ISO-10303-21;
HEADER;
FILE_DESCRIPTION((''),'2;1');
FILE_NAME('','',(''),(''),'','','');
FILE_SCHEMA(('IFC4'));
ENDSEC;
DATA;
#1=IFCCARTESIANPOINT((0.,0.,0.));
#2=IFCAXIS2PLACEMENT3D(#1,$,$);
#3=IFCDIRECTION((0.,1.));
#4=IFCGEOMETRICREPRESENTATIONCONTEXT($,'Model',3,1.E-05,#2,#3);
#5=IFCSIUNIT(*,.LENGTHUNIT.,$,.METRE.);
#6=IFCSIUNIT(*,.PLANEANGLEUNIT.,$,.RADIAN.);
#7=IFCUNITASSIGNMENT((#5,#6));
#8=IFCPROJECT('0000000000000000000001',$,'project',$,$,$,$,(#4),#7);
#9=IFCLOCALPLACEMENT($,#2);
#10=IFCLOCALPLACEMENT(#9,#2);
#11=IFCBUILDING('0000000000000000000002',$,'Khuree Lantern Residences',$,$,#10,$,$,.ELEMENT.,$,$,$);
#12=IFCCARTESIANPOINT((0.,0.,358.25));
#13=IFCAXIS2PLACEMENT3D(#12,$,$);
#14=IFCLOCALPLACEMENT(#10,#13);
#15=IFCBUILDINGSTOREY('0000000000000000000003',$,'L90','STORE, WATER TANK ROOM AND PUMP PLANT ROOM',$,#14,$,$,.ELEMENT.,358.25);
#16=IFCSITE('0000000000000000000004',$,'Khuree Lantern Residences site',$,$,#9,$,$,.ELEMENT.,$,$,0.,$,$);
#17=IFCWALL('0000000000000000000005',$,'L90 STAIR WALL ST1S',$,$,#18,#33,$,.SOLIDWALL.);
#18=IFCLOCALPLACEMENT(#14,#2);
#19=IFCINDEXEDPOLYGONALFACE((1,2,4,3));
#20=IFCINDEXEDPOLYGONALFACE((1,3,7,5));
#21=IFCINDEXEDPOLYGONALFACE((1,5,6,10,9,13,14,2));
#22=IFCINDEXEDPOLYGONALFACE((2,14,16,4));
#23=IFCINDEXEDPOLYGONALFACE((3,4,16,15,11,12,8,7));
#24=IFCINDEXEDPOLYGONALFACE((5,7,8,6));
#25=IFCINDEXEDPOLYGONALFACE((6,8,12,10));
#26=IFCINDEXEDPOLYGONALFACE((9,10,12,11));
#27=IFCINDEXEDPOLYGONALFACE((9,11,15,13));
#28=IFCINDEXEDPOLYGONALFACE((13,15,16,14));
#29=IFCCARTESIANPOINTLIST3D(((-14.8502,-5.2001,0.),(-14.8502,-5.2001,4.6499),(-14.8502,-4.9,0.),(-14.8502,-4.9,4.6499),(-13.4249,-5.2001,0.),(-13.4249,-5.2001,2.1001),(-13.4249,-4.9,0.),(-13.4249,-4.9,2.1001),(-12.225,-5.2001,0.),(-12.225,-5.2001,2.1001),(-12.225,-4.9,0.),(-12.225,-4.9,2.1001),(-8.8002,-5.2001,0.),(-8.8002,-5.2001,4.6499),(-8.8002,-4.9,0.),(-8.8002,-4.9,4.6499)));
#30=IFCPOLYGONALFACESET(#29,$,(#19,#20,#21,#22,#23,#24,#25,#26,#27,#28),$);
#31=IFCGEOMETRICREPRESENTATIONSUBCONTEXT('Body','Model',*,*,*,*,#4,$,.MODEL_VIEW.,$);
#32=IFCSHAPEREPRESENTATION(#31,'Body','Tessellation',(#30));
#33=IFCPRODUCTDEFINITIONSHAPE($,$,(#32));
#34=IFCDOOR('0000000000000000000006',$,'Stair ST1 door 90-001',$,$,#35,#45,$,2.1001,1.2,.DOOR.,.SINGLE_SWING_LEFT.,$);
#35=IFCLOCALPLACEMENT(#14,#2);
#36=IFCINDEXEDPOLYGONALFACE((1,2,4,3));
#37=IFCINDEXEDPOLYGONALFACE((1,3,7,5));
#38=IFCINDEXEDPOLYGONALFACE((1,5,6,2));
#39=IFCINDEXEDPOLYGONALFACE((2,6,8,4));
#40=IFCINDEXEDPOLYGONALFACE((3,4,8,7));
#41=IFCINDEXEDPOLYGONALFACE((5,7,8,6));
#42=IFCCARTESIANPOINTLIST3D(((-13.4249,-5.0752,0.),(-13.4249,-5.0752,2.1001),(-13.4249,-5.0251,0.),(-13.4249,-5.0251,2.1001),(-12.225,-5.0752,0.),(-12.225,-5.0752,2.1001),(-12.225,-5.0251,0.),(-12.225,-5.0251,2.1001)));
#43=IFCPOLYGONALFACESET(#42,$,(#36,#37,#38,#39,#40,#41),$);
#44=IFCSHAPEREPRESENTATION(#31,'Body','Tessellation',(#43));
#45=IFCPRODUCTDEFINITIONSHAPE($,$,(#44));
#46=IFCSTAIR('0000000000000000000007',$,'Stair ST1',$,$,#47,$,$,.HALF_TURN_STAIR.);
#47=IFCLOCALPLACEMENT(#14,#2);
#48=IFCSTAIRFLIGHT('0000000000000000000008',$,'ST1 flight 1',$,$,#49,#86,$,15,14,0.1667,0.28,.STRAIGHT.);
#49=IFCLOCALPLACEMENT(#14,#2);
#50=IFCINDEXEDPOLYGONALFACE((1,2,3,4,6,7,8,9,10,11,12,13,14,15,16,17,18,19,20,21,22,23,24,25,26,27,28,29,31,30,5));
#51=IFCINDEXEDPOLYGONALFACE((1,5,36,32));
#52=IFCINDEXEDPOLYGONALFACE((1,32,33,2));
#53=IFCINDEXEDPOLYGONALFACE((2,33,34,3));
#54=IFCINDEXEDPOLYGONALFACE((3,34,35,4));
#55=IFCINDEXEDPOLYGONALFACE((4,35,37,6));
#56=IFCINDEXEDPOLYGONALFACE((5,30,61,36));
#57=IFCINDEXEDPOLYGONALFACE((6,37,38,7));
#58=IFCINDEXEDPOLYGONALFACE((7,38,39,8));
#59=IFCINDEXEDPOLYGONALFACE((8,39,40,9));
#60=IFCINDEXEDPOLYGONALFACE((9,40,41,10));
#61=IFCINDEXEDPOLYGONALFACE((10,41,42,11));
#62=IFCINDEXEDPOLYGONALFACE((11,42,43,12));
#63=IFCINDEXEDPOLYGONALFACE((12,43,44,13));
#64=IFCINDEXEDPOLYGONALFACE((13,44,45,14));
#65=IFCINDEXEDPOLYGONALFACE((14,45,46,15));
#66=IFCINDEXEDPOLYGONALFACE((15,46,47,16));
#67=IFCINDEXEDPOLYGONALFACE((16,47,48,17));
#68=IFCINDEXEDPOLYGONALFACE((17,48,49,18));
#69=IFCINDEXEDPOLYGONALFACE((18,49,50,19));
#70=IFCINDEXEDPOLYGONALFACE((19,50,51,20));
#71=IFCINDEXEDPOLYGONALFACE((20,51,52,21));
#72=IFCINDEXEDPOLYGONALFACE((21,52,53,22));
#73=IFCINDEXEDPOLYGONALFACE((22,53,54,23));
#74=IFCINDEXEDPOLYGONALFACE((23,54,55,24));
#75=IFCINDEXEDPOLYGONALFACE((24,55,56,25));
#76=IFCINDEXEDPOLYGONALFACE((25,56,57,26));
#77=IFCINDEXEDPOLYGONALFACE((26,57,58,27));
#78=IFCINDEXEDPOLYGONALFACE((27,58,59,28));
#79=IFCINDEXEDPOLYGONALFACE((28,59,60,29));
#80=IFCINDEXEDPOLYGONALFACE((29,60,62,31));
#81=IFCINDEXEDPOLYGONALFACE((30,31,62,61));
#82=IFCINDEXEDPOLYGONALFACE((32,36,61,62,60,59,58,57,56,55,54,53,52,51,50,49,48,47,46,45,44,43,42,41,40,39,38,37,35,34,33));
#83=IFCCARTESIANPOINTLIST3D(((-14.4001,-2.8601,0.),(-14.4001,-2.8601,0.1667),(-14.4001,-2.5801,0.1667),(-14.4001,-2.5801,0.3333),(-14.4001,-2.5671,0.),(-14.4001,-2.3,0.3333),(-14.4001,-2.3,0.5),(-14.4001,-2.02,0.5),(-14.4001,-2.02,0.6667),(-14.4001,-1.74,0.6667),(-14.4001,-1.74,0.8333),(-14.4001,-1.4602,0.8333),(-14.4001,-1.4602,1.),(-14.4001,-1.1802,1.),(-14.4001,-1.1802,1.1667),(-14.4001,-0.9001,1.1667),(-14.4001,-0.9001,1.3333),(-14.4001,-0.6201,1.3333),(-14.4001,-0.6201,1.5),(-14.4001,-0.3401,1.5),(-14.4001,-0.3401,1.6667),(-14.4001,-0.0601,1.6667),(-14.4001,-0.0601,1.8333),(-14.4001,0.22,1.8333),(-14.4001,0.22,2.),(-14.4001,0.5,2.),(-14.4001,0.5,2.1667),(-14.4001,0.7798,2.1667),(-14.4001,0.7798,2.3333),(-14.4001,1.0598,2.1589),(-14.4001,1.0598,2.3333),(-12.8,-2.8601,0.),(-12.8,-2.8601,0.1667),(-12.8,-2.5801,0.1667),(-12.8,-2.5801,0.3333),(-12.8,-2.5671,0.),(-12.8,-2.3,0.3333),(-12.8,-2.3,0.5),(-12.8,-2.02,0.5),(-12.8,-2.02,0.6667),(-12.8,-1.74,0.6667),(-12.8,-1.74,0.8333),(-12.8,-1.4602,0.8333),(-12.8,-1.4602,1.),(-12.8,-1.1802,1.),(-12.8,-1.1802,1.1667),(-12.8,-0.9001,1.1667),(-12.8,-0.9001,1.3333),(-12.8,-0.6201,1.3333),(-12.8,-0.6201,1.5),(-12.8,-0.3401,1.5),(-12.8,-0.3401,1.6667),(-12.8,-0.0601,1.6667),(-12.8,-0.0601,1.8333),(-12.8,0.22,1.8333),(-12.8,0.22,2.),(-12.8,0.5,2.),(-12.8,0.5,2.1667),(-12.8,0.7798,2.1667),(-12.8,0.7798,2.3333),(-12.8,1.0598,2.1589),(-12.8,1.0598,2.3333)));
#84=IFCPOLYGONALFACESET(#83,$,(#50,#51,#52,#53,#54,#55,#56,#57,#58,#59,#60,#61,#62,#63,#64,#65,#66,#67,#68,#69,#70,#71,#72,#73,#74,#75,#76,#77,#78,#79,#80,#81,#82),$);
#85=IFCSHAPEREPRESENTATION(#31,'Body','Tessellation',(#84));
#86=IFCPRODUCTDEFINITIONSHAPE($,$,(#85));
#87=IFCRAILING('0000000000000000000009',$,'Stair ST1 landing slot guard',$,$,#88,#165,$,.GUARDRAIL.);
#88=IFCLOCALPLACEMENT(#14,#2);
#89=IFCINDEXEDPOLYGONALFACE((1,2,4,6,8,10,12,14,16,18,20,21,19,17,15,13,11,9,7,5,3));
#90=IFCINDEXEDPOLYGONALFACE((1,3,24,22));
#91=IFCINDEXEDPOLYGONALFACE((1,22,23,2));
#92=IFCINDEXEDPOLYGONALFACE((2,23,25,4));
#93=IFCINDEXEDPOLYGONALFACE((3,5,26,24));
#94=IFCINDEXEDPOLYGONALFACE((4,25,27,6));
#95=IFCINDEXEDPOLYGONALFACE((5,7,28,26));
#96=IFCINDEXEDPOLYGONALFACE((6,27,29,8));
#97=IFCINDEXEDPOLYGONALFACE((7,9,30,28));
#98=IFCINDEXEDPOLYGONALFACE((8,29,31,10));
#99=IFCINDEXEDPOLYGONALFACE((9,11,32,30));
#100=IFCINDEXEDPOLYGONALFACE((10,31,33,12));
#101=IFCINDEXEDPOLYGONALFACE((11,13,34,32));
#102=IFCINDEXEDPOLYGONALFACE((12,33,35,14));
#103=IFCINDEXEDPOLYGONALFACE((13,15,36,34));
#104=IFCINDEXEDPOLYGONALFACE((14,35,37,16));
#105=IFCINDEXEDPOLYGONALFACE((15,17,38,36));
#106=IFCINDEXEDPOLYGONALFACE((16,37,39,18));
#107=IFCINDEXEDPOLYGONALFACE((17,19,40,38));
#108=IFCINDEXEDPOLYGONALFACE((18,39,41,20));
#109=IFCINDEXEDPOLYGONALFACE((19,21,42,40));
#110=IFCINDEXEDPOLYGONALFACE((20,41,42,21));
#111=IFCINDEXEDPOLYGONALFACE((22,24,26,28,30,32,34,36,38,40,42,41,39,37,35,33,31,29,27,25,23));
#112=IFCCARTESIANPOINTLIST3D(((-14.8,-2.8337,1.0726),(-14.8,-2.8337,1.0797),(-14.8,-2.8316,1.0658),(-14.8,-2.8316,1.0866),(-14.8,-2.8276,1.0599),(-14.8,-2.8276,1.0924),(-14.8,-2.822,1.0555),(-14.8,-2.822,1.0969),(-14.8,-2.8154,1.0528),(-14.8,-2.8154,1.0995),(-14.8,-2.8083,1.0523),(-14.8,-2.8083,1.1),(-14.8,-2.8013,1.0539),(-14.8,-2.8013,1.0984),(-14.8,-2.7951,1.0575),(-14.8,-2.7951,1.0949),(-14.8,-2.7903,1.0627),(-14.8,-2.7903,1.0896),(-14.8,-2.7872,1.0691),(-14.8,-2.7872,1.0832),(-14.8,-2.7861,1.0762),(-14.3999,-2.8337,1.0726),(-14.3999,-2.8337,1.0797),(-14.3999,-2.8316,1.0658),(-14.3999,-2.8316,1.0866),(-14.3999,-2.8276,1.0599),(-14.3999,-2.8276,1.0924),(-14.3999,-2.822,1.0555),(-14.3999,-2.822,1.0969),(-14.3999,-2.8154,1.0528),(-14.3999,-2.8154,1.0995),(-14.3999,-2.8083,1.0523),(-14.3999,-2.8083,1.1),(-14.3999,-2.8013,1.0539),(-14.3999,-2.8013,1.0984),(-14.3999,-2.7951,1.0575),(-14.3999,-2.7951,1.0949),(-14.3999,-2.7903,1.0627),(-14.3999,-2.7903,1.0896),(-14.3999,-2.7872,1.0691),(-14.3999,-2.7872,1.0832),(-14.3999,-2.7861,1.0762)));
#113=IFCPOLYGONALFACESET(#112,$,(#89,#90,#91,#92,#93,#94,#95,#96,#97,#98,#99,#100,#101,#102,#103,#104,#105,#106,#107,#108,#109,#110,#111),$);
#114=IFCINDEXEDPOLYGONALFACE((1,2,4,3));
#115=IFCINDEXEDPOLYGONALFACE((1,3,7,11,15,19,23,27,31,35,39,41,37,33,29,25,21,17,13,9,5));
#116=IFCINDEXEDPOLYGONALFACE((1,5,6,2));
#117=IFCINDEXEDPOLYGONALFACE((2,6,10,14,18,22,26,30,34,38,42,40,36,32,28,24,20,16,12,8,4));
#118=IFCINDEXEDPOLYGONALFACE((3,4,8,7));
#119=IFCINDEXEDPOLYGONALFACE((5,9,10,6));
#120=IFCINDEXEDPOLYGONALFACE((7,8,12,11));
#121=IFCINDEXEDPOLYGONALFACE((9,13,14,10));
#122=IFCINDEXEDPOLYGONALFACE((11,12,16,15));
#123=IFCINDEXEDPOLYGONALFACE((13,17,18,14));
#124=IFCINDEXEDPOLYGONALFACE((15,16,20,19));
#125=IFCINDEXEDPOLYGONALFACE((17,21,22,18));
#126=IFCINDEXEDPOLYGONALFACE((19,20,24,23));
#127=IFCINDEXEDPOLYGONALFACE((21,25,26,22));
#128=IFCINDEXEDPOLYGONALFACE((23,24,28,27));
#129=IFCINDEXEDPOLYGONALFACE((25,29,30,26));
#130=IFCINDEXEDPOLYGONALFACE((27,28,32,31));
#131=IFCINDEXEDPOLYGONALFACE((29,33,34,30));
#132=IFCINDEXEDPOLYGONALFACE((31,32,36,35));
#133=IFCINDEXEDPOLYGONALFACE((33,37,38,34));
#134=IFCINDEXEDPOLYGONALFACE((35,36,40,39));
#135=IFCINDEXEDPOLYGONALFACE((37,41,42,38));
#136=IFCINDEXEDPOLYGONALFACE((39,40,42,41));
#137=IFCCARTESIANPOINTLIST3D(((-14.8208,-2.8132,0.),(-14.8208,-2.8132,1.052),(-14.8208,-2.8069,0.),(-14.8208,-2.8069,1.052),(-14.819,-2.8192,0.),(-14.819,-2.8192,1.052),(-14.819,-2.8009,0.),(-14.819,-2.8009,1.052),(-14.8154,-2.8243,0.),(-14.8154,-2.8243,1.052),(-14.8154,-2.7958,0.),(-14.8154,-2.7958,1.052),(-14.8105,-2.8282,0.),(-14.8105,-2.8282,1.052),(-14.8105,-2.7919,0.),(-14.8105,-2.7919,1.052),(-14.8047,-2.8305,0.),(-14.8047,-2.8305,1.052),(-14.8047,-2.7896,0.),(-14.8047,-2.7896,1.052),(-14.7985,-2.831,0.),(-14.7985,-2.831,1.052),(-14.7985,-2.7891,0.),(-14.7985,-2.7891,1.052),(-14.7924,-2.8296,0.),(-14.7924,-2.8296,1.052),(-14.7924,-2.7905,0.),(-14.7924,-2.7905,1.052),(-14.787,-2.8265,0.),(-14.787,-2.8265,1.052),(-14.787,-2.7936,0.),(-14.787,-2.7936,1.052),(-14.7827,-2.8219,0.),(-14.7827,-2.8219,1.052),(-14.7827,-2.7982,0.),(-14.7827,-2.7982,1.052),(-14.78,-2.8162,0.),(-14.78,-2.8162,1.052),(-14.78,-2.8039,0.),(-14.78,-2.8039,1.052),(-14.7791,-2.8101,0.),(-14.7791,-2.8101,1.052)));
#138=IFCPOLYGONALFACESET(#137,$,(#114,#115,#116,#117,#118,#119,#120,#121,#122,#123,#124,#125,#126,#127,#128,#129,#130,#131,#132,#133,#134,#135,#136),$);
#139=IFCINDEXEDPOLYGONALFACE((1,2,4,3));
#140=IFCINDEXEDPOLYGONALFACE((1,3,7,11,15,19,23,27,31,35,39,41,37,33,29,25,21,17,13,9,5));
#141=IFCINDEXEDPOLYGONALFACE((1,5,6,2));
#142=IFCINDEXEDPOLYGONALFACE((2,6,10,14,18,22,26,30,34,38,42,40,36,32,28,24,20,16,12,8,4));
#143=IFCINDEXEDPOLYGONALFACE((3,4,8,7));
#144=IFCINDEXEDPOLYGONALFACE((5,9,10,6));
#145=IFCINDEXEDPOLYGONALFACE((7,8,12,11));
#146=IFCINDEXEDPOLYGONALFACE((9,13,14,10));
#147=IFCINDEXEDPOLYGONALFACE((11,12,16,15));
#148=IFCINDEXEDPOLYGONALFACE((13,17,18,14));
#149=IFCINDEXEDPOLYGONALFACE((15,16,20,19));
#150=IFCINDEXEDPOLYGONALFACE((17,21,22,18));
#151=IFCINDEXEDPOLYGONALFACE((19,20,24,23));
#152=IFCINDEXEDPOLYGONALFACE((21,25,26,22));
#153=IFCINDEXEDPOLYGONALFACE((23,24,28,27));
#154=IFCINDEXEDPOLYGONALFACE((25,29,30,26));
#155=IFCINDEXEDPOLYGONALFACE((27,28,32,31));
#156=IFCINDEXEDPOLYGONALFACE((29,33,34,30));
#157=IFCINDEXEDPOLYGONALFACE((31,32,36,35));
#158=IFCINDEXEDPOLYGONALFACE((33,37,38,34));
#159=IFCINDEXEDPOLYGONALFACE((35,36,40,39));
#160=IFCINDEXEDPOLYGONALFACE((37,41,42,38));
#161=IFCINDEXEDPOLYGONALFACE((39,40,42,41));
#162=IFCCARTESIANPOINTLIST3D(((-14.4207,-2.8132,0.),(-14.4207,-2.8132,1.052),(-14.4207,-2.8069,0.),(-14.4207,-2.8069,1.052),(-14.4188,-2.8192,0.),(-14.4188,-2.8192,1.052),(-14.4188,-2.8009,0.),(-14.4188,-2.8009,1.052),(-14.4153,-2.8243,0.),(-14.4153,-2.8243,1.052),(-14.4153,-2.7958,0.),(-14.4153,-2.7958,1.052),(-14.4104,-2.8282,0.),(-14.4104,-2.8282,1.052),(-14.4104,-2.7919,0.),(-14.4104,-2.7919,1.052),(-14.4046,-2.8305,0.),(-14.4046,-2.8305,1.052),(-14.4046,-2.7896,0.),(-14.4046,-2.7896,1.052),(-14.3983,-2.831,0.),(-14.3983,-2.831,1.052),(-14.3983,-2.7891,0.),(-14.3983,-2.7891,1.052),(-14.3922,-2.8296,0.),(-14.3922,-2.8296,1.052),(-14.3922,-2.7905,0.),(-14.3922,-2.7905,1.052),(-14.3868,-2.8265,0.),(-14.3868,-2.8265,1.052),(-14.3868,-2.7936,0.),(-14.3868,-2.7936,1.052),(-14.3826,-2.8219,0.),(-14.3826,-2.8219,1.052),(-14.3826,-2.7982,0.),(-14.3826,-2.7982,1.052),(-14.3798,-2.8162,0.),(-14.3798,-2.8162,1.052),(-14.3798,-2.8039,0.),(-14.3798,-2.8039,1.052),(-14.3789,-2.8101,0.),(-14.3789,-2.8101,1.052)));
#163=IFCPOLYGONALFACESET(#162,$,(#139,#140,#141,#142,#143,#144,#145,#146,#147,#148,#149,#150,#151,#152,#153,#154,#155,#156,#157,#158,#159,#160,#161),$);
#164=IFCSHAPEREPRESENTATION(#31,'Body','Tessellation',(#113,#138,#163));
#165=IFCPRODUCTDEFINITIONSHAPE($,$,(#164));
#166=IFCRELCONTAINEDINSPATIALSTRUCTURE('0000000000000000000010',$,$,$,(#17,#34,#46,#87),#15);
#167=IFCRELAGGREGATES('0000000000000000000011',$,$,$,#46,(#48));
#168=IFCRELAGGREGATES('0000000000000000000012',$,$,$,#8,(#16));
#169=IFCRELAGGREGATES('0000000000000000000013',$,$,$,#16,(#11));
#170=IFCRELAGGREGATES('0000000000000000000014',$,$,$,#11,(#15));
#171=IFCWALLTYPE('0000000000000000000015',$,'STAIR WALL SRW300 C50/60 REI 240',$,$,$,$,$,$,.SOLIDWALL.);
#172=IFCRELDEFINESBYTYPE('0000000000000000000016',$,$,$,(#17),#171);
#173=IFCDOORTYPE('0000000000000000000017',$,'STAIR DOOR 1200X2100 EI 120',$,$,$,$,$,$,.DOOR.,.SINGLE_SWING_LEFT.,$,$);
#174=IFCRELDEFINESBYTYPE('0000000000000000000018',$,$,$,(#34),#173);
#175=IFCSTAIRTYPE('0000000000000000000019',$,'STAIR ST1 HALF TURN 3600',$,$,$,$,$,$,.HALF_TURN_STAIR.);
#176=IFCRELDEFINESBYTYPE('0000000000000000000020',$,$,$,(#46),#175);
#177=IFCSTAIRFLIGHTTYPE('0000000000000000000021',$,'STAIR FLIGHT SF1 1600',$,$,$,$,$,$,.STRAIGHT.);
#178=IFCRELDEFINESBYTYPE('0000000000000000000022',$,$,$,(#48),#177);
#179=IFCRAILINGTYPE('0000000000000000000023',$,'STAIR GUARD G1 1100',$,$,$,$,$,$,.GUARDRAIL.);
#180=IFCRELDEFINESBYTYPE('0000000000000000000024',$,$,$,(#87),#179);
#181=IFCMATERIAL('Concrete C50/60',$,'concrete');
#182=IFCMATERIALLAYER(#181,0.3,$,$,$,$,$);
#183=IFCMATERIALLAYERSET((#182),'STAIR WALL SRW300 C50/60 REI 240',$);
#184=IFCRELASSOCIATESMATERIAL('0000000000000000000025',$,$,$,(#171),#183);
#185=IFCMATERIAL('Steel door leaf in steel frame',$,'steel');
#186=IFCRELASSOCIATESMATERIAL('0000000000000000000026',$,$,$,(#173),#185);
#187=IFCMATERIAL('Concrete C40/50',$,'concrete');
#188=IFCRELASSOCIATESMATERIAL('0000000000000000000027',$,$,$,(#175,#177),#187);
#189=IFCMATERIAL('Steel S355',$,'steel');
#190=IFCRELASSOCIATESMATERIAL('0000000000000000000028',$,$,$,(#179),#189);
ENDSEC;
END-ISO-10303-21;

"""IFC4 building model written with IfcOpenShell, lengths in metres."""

from ifc_helpers import new_model, si_unit, direction, frame, frame_2d, origin, origin_2d, place, context, subcontext, project, spatial, polyline, rectangle, circle, outline, extrude, material, layer, layer_set, type_object, element, fill, aggregate, save


model = new_model("IFC4")

# Units and contexts
model_context = context("Model", 3, precision=1e-05, world=origin(), true_north=direction((0.0, 1.0)))
body_context = subcontext(model_context, "Body", "Model", "MODEL_VIEW")
ifc_project = project(units=[si_unit("LENGTHUNIT", "METRE"), si_unit("PLANEANGLEUNIT", "RADIAN")], contexts=[model_context])

# Site, building, storey
site_placement = place(None, origin())
site = spatial("IfcSite", under=ifc_project, at=site_placement, Name="Khuree Lantern Residences site", CompositionType="ELEMENT", RefElevation=0.0)
building_placement = place(site_placement, origin())
building = spatial("IfcBuilding", under=site, at=building_placement, Name="Khuree Lantern Residences", CompositionType="ELEMENT")
storey_placement = place(building_placement, frame((0.0, 0.0, 358.25)))
storey = spatial("IfcBuildingStorey", under=building, at=storey_placement, Name="L90", Description="STORE, WATER TANK ROOM AND PUMP PLANT ROOM", CompositionType="ELEMENT", Elevation=358.25)

# Shared definitions
ifc_material_1 = material(Name="Steel door leaf in steel frame", Category="steel")

# Shared definitions
ifc_material_2 = material(Name="Concrete C50/60", Category="concrete")
ifc_layer_1 = layer(ifc_material_2, 0.3)
ifc_layer_set_1 = layer_set([ifc_layer_1], Name="STAIR WALL SRW300 C50/60 REI 240")
wall_type_1 = type_object("IfcWallType", Name="STAIR WALL SRW300 C50/60 REI 240", PredefinedType="SOLIDWALL", material=ifc_layer_set_1)

# Wall, opening, door
wall_1_placement = place(storey_placement, frame((-14.8501, -5.05, 0.0), z_axis=(0.0, 0.0, 1.0), x_axis=(1.0, 0.0, 0.0)))
wall_1 = element("IfcWall", 1, at=wall_1_placement, inside=storey, type_object=wall_type_1, Name="L90 STAIR WALL ST1S", PredefinedType="SOLIDWALL", context=body_context, shape_type="SweptSolid", body=[
    extrude(rectangle(XDim=6.05, YDim=0.3, at=frame_2d((3.0249, 0.0))), origin(), (0.0, 0.0, 1.0), 4.6499),
])
opening_1_placement = place(wall_1_placement, frame((1.425, 0.0, 0.0)))
opening_1 = element("IfcOpeningElement", 2, at=opening_1_placement, cuts=wall_1, PredefinedType="OPENING", context=body_context, shape_type="SweptSolid", body=[
    extrude(rectangle(XDim=1.2, YDim=2.1001, at=frame_2d((0.6001, 1.05))), frame((0.0, 0.1602, 0.0), z_axis=(0.0, -1.0, 0.0), x_axis=(1.0, 0.0, 0.0)), (0.0, 0.0, 1.0), 0.3201),
])
door_type_1 = type_object("IfcDoorType", Name="STAIR DOOR 1200X2100 EI 120", OperationType="SINGLE_SWING_LEFT", PredefinedType="DOOR", material=ifc_material_1)
door_1_placement = place(opening_1_placement, origin())
door_1 = element("IfcDoor", 3, at=door_1_placement, inside=storey, type_object=door_type_1, Name="Stair ST1 door 90-001", OperationType="SINGLE_SWING_LEFT", OverallHeight=2.1001, OverallWidth=1.2, PredefinedType="DOOR", context=body_context, shape_type="SweptSolid", body=[
    extrude(rectangle(XDim=1.2, YDim=2.1001, at=frame_2d((0.6001, 1.05))), frame((0.0, 0.0249, 0.0), z_axis=(0.0, -1.0, 0.0), x_axis=(1.0, 0.0, 0.0)), (0.0, 0.0, 1.0), 0.05),
])
fill(opening_1, door_1)

# Stair, stair flight
ifc_material_3 = material(Name="Concrete C40/50", Category="concrete")
stair_type = type_object("IfcStairType", Name="STAIR ST1 HALF TURN 3600", PredefinedType="HALF_TURN_STAIR", material=ifc_material_3)
stair_placement = place(storey_placement, origin())
stair = element("IfcStair", 4, at=stair_placement, inside=storey, type_object=stair_type, Name="Stair ST1", PredefinedType="HALF_TURN_STAIR")
stair_flight_type = type_object("IfcStairFlightType", Name="STAIR FLIGHT SF1 1600", PredefinedType="STRAIGHT", material=ifc_material_3)
stair_flight_placement = place(storey_placement, frame((-13.6001, -2.8601, 0.0), z_axis=(0.0, 0.0, 1.0), x_axis=(0.0, 1.0, 0.0)))
stair_flight = element("IfcStairFlight", 5, at=stair_flight_placement, type_object=stair_flight_type, Name="ST1 flight 1", NumberOfRisers=15, NumberOfTreads=14, PredefinedType="STRAIGHT", RiserHeight=0.1667, TreadLength=0.28, context=body_context, shape_type="SweptSolid", body=[
    extrude(outline(polyline([(0.0, 0.0), (0.0, 0.1667), (0.28, 0.1667), (0.28, 0.3333), (0.5601, 0.3333), (0.5601, 0.5), (0.8401, 0.5), (0.8401, 0.6667), (1.1201, 0.6667), (1.1201, 0.8333), (1.3999, 0.8333), (1.3999, 1.0), (1.6799, 1.0), (1.6799, 1.1667), (1.96, 1.1667), (1.96, 1.3333), (2.24, 1.3333), (2.24, 1.5), (2.52, 1.5), (2.52, 1.6667), (2.8, 1.6667), (2.8, 1.8333), (3.0801, 1.8333), (3.0801, 2.0), (3.3601, 2.0), (3.3601, 2.1667), (3.6399, 2.1667), (3.6399, 2.3333), (3.9199, 2.3333), (3.9199, 2.5), (3.9199, 2.1589), (0.293, 0.0), (0.0, 0.0)])), frame((0.0, 0.8, 0.0), z_axis=(0.0, -1.0, 0.0), x_axis=(1.0, 0.0, 0.0)), (0.0, 0.0, 1.0), 1.6001),
])
aggregate(stair, [stair_flight])

# Railing
ifc_material_4 = material(Name="Steel S355", Category="steel")
railing_type_1 = type_object("IfcRailingType", Name="STAIR GUARD G1 1100", PredefinedType="GUARDRAIL", material=ifc_material_4)
railing_1_placement = place(storey_placement, frame((-14.8, -2.8101, 0.0)))
element("IfcRailing", 6, at=railing_1_placement, inside=storey, type_object=railing_type_1, Name="Stair ST1 landing slot guard", PredefinedType="GUARDRAIL", context=body_context, shape_type="SweptSolid", body=[
    extrude(circle(Radius=0.0239, at=origin_2d()), frame((0.0, 0.0, 1.0762), z_axis=(1.0, 0.0, 0.0), x_axis=(0.0, 1.0, 0.0)), (0.0, 0.0, 1.0), 0.4001),
    extrude(circle(Radius=0.021, at=origin_2d()), origin(), (0.0, 0.0, 1.0), 1.052),
    extrude(circle(Radius=0.021, at=origin_2d()), frame((0.4001, 0.0, 0.0)), (0.0, 0.0, 1.0), 1.052),
])

save(model, "model.ifc")
